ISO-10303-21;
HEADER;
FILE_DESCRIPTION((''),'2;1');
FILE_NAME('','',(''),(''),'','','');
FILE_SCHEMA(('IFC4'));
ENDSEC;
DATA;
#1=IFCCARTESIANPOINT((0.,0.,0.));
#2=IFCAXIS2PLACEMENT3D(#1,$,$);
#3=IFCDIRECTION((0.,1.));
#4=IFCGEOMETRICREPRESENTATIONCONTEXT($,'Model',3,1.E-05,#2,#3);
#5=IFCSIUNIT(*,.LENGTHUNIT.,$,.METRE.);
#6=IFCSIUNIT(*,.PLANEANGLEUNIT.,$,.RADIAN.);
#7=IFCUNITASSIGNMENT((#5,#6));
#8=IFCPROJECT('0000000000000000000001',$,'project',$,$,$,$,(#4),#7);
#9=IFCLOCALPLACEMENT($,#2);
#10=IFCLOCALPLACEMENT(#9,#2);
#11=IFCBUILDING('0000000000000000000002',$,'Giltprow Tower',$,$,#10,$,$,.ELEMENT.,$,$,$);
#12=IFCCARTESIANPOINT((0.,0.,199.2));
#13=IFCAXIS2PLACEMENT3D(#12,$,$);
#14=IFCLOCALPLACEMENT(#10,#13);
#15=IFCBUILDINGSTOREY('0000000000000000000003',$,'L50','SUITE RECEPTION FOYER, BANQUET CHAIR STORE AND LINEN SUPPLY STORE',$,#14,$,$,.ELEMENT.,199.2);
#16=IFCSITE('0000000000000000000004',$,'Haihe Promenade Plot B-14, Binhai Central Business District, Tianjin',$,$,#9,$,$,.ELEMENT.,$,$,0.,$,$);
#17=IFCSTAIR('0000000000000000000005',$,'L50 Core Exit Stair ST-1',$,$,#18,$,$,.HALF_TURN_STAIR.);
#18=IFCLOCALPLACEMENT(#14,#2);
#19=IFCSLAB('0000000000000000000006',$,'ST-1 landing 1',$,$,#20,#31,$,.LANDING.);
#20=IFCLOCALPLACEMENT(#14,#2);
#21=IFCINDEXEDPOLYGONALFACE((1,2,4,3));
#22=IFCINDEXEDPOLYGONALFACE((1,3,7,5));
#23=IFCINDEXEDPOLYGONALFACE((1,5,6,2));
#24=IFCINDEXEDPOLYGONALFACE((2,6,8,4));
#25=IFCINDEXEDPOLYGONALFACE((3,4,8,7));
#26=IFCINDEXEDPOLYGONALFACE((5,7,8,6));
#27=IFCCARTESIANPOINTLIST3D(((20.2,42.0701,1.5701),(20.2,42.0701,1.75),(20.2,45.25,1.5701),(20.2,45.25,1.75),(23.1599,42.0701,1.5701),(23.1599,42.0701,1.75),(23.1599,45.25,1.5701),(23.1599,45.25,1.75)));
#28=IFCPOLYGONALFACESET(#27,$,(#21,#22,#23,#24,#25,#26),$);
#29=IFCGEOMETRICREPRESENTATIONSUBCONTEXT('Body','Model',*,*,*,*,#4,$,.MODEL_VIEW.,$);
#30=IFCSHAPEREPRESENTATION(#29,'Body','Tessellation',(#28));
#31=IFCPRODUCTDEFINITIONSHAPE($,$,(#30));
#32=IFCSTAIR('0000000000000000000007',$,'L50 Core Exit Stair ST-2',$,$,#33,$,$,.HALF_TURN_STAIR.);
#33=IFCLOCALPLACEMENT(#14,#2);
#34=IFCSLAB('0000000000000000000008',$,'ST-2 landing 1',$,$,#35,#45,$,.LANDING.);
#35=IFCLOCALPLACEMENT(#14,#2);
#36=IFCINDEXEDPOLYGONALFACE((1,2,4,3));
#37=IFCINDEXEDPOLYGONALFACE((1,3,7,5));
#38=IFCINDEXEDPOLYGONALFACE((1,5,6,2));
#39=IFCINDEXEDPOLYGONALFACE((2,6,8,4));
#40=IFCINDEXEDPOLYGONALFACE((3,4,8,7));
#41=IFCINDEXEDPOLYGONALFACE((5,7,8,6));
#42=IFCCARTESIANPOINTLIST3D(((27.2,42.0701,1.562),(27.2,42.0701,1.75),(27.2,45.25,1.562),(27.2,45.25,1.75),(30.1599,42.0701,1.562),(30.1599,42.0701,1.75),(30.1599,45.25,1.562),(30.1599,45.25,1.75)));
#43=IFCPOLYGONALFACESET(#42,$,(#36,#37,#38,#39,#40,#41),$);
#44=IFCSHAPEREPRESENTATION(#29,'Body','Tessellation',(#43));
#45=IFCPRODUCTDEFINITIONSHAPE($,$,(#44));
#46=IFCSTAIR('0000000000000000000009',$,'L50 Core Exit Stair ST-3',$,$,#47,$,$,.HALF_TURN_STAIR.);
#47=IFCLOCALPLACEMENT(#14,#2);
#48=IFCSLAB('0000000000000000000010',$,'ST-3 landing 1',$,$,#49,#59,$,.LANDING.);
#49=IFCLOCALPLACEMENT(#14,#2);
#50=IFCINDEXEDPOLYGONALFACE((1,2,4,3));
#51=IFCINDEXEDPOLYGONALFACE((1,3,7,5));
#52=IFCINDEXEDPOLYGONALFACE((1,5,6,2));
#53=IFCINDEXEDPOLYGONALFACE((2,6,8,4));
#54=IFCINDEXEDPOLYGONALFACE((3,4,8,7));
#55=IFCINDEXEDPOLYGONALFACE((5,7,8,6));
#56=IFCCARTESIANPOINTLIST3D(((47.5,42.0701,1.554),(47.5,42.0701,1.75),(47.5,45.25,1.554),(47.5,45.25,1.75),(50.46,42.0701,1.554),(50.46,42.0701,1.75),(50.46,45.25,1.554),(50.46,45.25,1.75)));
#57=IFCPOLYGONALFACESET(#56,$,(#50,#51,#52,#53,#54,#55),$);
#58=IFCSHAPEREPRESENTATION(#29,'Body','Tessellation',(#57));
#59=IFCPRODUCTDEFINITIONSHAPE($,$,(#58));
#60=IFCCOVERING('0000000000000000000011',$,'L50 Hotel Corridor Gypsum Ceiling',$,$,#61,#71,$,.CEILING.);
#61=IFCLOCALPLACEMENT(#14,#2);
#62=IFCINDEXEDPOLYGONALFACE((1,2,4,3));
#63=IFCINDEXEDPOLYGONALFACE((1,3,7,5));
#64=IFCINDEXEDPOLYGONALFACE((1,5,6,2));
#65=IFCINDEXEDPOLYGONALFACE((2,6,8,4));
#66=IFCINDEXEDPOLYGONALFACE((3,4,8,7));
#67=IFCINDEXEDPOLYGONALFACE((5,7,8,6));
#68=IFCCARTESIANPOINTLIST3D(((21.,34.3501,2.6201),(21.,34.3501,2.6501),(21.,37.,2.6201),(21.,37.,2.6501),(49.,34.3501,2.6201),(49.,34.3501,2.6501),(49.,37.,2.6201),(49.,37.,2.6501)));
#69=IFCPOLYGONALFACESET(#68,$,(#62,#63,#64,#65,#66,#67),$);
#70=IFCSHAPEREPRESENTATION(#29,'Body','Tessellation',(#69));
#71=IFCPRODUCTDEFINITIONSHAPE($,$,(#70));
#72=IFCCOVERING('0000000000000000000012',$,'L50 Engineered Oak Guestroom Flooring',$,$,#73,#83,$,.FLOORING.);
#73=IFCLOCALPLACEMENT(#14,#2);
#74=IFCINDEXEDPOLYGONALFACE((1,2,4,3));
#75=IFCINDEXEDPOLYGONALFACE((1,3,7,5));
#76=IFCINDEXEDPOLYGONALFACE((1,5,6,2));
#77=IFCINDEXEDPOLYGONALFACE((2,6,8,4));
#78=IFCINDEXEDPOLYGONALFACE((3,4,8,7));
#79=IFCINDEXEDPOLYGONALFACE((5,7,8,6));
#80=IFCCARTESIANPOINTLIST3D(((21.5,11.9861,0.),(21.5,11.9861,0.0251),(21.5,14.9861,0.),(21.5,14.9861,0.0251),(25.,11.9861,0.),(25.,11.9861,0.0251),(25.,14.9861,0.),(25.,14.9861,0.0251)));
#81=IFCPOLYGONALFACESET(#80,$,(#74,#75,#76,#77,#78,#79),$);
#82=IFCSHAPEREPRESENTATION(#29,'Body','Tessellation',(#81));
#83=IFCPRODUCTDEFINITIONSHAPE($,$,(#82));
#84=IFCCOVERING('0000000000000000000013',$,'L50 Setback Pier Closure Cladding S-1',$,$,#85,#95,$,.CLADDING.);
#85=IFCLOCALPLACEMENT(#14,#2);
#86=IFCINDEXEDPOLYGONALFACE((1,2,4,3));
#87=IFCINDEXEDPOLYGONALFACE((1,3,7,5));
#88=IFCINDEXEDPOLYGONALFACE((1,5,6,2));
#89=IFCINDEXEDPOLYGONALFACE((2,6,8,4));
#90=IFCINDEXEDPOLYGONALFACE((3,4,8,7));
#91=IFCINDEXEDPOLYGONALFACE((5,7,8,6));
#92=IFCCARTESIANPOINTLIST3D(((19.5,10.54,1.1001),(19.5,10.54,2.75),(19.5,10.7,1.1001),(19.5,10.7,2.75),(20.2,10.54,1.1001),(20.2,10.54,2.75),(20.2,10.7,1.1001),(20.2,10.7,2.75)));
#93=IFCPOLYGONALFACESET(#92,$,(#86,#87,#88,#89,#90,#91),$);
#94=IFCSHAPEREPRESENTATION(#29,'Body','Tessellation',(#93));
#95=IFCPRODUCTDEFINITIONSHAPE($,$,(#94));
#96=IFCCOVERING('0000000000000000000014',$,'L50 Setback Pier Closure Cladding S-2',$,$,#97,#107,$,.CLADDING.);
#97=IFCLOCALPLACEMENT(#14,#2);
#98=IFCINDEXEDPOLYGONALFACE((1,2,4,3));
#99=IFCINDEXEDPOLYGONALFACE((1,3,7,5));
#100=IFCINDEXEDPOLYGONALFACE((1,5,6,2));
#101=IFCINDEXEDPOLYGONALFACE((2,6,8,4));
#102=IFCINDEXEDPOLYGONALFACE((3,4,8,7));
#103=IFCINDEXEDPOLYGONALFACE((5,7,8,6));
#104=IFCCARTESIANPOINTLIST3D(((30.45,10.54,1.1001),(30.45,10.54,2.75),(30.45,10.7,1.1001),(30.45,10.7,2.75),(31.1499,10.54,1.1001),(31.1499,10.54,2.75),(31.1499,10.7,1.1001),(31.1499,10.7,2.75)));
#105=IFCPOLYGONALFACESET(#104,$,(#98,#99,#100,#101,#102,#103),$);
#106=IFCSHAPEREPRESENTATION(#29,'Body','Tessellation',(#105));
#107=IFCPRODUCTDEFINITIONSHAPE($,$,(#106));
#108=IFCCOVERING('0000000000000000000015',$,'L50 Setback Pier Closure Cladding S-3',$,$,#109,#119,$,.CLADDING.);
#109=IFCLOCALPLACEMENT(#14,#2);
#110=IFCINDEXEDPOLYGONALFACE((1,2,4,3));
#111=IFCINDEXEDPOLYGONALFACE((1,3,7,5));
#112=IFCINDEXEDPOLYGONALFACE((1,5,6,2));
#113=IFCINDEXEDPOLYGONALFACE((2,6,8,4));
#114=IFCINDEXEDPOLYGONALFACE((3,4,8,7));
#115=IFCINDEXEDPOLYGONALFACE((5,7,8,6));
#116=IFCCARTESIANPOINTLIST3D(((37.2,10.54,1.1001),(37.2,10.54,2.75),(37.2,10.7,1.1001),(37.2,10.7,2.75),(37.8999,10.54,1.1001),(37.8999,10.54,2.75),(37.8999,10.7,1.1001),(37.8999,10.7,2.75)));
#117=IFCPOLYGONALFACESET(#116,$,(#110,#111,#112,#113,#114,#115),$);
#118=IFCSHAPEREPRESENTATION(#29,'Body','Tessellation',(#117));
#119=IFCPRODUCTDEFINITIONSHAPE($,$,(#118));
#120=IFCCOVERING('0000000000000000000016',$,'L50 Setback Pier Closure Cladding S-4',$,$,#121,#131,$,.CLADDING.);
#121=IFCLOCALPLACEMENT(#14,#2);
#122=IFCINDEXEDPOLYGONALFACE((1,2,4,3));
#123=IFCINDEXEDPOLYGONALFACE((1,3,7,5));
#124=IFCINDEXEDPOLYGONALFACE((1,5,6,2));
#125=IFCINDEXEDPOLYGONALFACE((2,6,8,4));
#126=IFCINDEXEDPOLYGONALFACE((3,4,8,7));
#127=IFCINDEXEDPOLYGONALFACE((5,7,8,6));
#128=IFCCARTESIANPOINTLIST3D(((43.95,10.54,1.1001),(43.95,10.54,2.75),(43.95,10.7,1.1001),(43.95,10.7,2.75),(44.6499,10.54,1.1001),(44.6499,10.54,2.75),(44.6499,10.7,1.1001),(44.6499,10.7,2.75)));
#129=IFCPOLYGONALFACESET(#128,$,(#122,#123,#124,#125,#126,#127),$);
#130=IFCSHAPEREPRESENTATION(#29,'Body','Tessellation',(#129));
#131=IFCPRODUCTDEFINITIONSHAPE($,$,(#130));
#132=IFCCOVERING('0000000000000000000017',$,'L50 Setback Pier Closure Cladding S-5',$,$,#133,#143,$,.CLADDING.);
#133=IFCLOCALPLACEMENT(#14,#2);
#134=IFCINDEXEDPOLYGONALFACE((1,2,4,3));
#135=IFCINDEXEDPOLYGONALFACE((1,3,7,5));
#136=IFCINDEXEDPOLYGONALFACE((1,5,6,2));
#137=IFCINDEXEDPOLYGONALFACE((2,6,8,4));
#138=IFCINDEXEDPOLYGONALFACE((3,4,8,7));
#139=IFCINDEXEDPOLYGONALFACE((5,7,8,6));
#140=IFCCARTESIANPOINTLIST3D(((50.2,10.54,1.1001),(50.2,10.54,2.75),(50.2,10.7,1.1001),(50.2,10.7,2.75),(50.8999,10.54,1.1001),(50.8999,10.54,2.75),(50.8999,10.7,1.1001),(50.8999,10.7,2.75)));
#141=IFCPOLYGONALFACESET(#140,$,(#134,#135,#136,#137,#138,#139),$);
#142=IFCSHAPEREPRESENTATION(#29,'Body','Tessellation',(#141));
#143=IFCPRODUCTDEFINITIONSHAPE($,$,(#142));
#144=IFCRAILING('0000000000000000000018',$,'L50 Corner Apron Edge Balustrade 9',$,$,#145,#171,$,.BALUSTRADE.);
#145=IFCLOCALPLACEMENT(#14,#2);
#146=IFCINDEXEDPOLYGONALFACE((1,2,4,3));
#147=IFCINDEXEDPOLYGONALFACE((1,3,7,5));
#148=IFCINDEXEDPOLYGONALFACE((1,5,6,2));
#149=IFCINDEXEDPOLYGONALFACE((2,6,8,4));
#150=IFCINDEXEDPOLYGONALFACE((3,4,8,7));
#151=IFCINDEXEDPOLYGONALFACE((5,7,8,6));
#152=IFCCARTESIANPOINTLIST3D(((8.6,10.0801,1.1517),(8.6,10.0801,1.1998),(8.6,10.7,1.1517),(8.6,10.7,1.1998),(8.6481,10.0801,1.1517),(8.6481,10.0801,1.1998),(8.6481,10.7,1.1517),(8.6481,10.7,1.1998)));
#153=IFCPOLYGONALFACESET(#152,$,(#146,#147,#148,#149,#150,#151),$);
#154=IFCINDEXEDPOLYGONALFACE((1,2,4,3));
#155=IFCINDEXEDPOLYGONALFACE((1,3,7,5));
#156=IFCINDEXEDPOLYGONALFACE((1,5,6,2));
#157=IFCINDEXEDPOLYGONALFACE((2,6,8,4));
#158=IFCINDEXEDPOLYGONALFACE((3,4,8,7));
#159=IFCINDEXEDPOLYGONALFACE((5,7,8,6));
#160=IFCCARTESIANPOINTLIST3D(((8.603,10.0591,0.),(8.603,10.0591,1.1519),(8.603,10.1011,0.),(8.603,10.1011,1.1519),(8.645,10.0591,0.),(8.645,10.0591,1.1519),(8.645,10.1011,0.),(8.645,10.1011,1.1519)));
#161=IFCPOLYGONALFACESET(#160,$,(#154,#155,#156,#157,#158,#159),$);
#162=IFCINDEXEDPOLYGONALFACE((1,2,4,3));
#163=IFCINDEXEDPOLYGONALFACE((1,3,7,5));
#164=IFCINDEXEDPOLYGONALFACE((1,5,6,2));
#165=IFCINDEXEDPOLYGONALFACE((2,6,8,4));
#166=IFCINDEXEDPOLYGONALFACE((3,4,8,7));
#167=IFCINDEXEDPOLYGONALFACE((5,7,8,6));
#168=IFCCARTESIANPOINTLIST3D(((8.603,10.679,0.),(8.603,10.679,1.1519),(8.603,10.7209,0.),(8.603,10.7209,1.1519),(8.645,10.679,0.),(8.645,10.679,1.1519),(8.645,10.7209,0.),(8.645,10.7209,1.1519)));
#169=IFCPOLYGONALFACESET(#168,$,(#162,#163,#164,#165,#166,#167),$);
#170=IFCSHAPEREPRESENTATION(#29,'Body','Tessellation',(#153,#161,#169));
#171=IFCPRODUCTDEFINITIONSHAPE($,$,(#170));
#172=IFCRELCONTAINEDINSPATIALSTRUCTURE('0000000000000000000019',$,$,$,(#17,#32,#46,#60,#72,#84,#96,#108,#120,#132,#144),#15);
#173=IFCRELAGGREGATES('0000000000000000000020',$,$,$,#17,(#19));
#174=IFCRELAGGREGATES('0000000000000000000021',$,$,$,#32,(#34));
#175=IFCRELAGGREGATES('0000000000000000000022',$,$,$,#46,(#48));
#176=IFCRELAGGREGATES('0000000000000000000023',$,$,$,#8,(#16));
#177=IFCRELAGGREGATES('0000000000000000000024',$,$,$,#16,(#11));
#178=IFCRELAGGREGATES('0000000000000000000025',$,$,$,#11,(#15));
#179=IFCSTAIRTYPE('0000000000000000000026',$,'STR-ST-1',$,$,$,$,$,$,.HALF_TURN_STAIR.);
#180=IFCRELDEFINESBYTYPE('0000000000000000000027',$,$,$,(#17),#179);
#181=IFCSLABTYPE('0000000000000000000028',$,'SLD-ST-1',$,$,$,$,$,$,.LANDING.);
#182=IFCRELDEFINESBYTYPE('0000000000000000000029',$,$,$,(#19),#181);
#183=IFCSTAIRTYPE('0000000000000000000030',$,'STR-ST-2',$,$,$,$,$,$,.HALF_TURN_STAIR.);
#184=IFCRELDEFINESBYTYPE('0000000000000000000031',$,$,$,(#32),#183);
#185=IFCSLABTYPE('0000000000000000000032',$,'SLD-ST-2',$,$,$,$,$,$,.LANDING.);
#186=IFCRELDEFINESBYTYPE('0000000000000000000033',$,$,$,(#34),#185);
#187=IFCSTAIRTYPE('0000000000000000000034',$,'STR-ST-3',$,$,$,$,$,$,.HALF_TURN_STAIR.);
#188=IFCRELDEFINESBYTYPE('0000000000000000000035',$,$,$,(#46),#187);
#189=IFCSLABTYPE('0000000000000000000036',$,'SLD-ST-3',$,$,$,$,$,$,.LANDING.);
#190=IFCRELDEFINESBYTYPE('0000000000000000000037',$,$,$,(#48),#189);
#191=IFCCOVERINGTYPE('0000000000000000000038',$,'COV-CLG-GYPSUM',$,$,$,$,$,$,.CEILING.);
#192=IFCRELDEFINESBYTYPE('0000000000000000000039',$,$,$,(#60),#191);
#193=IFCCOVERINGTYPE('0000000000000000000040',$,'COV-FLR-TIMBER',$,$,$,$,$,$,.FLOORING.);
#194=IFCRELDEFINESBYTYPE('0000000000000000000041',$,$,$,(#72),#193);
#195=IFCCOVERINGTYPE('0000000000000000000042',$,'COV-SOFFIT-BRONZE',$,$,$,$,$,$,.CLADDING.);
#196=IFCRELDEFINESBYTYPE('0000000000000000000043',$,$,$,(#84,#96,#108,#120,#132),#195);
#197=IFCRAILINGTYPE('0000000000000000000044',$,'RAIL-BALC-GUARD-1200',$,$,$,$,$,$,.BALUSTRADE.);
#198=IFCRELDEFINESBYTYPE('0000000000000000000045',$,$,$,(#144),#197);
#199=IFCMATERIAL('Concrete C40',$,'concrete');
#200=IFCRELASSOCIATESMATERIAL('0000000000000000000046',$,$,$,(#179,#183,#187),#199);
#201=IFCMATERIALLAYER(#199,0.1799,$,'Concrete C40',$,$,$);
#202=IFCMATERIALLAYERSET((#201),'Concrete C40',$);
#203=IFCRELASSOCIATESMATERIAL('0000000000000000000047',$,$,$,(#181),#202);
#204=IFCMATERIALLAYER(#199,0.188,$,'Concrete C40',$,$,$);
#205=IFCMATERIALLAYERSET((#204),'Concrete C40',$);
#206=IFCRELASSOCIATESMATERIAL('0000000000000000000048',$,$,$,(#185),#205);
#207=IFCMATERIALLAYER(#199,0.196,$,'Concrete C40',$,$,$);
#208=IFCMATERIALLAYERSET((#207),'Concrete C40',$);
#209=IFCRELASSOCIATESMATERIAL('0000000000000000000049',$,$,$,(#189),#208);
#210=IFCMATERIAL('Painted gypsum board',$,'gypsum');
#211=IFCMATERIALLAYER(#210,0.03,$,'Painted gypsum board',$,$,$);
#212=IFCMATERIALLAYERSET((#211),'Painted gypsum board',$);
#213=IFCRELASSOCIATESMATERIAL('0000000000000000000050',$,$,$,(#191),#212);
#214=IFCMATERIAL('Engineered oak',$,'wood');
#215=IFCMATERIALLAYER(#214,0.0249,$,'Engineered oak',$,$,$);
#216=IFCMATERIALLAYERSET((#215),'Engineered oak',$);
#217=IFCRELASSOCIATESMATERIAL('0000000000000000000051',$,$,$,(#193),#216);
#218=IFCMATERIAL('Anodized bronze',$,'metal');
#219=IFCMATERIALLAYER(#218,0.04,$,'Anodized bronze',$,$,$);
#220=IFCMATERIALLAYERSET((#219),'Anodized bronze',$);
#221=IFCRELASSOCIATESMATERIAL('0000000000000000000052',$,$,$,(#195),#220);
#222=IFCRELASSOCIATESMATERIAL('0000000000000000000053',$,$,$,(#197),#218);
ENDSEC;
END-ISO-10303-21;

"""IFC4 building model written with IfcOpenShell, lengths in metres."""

from ifc_helpers import new_model, si_unit, direction, frame, origin, origin_2d, place, context, subcontext, project, spatial, polyline, rectangle, outline, extrude, material, layer, layer_set, type_object, element, aggregate, save


model = new_model("IFC4")

# Units and contexts
model_context = context("Model", 3, precision=1e-05, world=origin(), true_north=direction((0.0, 1.0)))
body_context = subcontext(model_context, "Body", "Model", "MODEL_VIEW")
ifc_project = project(units=[si_unit("LENGTHUNIT", "METRE"), si_unit("PLANEANGLEUNIT", "RADIAN")], contexts=[model_context])

# Site, building, storey
site_placement = place(None, origin())
site = spatial("IfcSite", under=ifc_project, at=site_placement, Name="Haihe Promenade Plot B-14, Binhai Central Business District, Tianjin", CompositionType="ELEMENT", RefElevation=0.0)
building_placement = place(site_placement, origin())
building = spatial("IfcBuilding", under=site, at=building_placement, Name="Giltprow Tower", CompositionType="ELEMENT")
storey_placement = place(building_placement, frame((0.0, 0.0, 199.2)))
storey = spatial("IfcBuildingStorey", under=building, at=storey_placement, Name="L50", Description="SUITE RECEPTION FOYER, BANQUET CHAIR STORE AND LINEN SUPPLY STORE", CompositionType="ELEMENT", Elevation=199.2)

# Shared definitions
ifc_material_1 = material(Name="Anodized bronze", Category="metal")

# Shared definitions
ifc_material_2 = material(Name="Concrete C40", Category="concrete")

# Stairs, slabs
stair_type_1 = type_object("IfcStairType", Name="STR-ST-1", PredefinedType="HALF_TURN_STAIR", material=ifc_material_2)
stair_1_placement = place(storey_placement, origin())
stair_1 = element("IfcStair", 1, at=stair_1_placement, inside=storey, type_object=stair_type_1, Name="L50 Core Exit Stair ST-1", PredefinedType="HALF_TURN_STAIR")
ifc_layer_1 = layer(ifc_material_2, 0.1799, Name="Concrete C40")
ifc_layer_set_1 = layer_set([ifc_layer_1], Name="Concrete C40")
slab_type_1 = type_object("IfcSlabType", Name="SLD-ST-1", PredefinedType="LANDING", material=ifc_layer_set_1)
slab_1_placement = place(storey_placement, frame((0.0, 0.0, 1.5701)))
slab_1 = element("IfcSlab", 2, at=slab_1_placement, type_object=slab_type_1, Name="ST-1 landing 1", PredefinedType="LANDING", context=body_context, shape_type="SweptSolid", body=[
    extrude(outline(polyline([(23.1599, 42.0701), (23.1599, 45.25), (20.2, 45.25), (20.2, 42.0701), (23.1599, 42.0701)])), origin(), (0.0, 0.0, 1.0), 0.1799),
])
aggregate(stair_1, [slab_1])
stair_type_2 = type_object("IfcStairType", Name="STR-ST-2", PredefinedType="HALF_TURN_STAIR", material=ifc_material_2)
stair_2_placement = place(storey_placement, origin())
stair_2 = element("IfcStair", 3, at=stair_2_placement, inside=storey, type_object=stair_type_2, Name="L50 Core Exit Stair ST-2", PredefinedType="HALF_TURN_STAIR")
ifc_layer_2 = layer(ifc_material_2, 0.188, Name="Concrete C40")
ifc_layer_set_2 = layer_set([ifc_layer_2], Name="Concrete C40")
slab_type_2 = type_object("IfcSlabType", Name="SLD-ST-2", PredefinedType="LANDING", material=ifc_layer_set_2)
slab_2_placement = place(storey_placement, frame((0.0, 0.0, 1.562)))
slab_2 = element("IfcSlab", 4, at=slab_2_placement, type_object=slab_type_2, Name="ST-2 landing 1", PredefinedType="LANDING", context=body_context, shape_type="SweptSolid", body=[
    extrude(outline(polyline([(30.1599, 42.0701), (30.1599, 45.25), (27.2, 45.25), (27.2, 42.0701), (30.1599, 42.0701)])), origin(), (0.0, 0.0, 1.0), 0.188),
])
aggregate(stair_2, [slab_2])
stair_type_3 = type_object("IfcStairType", Name="STR-ST-3", PredefinedType="HALF_TURN_STAIR", material=ifc_material_2)
stair_3_placement = place(storey_placement, origin())
stair_3 = element("IfcStair", 5, at=stair_3_placement, inside=storey, type_object=stair_type_3, Name="L50 Core Exit Stair ST-3", PredefinedType="HALF_TURN_STAIR")
ifc_layer_3 = layer(ifc_material_2, 0.196, Name="Concrete C40")
ifc_layer_set_3 = layer_set([ifc_layer_3], Name="Concrete C40")
slab_type_3 = type_object("IfcSlabType", Name="SLD-ST-3", PredefinedType="LANDING", material=ifc_layer_set_3)
slab_3_placement = place(storey_placement, frame((0.0, 0.0, 1.554)))
slab_3 = element("IfcSlab", 6, at=slab_3_placement, type_object=slab_type_3, Name="ST-3 landing 1", PredefinedType="LANDING", context=body_context, shape_type="SweptSolid", body=[
    extrude(outline(polyline([(50.46, 42.0701), (50.46, 45.25), (47.5, 45.25), (47.5, 42.0701), (50.46, 42.0701)])), origin(), (0.0, 0.0, 1.0), 0.196),
])
aggregate(stair_3, [slab_3])

# Coverings
ifc_material_3 = material(Name="Painted gypsum board", Category="gypsum")
ifc_layer_4 = layer(ifc_material_3, 0.03, Name="Painted gypsum board")
ifc_layer_set_4 = layer_set([ifc_layer_4], Name="Painted gypsum board")
covering_type_1 = type_object("IfcCoveringType", Name="COV-CLG-GYPSUM", PredefinedType="CEILING", material=ifc_layer_set_4)
covering_1_placement = place(storey_placement, frame((0.0, 0.0, 2.6201)))
element("IfcCovering", 7, at=covering_1_placement, inside=storey, type_object=covering_type_1, Name="L50 Hotel Corridor Gypsum Ceiling", PredefinedType="CEILING", context=body_context, shape_type="SweptSolid", body=[
    extrude(outline(polyline([(21.0, 34.3501), (49.0, 34.3501), (49.0, 37.0), (21.0, 37.0), (21.0, 34.3501)])), origin(), (0.0, 0.0, 1.0), 0.03),
])
ifc_material_4 = material(Name="Engineered oak", Category="wood")
ifc_layer_5 = layer(ifc_material_4, 0.0249, Name="Engineered oak")
ifc_layer_set_5 = layer_set([ifc_layer_5], Name="Engineered oak")
covering_type_2 = type_object("IfcCoveringType", Name="COV-FLR-TIMBER", PredefinedType="FLOORING", material=ifc_layer_set_5)
covering_2_placement = place(storey_placement, origin())
element("IfcCovering", 8, at=covering_2_placement, inside=storey, type_object=covering_type_2, Name="L50 Engineered Oak Guestroom Flooring", PredefinedType="FLOORING", context=body_context, shape_type="SweptSolid", body=[
    extrude(outline(polyline([(21.5, 11.9861), (25.0, 11.9861), (25.0, 14.9861), (21.5, 14.9861), (21.5, 11.9861)])), origin(), (0.0, 0.0, 1.0), 0.0251),
])
ifc_layer_6 = layer(ifc_material_1, 0.04, Name="Anodized bronze")
ifc_layer_set_6 = layer_set([ifc_layer_6], Name="Anodized bronze")
covering_type_3 = type_object("IfcCoveringType", Name="COV-SOFFIT-BRONZE", PredefinedType="CLADDING", material=ifc_layer_set_6)
covering_3_placement = place(storey_placement, frame((0.0, 0.0, 1.1001)))
element("IfcCovering", 9, at=covering_3_placement, inside=storey, type_object=covering_type_3, Name="L50 Setback Pier Closure Cladding S-1", PredefinedType="CLADDING", context=body_context, shape_type="SweptSolid", body=[
    extrude(outline(polyline([(19.5, 10.54), (20.2, 10.54), (20.2, 10.7), (19.5, 10.7), (19.5, 10.54)])), origin(), (0.0, 0.0, 1.0), 1.6499),
])
covering_4_placement = place(storey_placement, frame((0.0, 0.0, 1.1001)))
element("IfcCovering", 10, at=covering_4_placement, inside=storey, type_object=covering_type_3, Name="L50 Setback Pier Closure Cladding S-2", PredefinedType="CLADDING", context=body_context, shape_type="SweptSolid", body=[
    extrude(outline(polyline([(30.45, 10.54), (31.1499, 10.54), (31.1499, 10.7), (30.45, 10.7), (30.45, 10.54)])), origin(), (0.0, 0.0, 1.0), 1.6499),
])
covering_5_placement = place(storey_placement, frame((0.0, 0.0, 1.1001)))
element("IfcCovering", 11, at=covering_5_placement, inside=storey, type_object=covering_type_3, Name="L50 Setback Pier Closure Cladding S-3", PredefinedType="CLADDING", context=body_context, shape_type="SweptSolid", body=[
    extrude(outline(polyline([(37.2, 10.54), (37.8999, 10.54), (37.8999, 10.7), (37.2, 10.7), (37.2, 10.54)])), origin(), (0.0, 0.0, 1.0), 1.6499),
])
covering_6_placement = place(storey_placement, frame((0.0, 0.0, 1.1001)))
element("IfcCovering", 12, at=covering_6_placement, inside=storey, type_object=covering_type_3, Name="L50 Setback Pier Closure Cladding S-4", PredefinedType="CLADDING", context=body_context, shape_type="SweptSolid", body=[
    extrude(outline(polyline([(43.95, 10.54), (44.6499, 10.54), (44.6499, 10.7), (43.95, 10.7), (43.95, 10.54)])), origin(), (0.0, 0.0, 1.0), 1.6499),
])
covering_7_placement = place(storey_placement, frame((0.0, 0.0, 1.1001)))
element("IfcCovering", 13, at=covering_7_placement, inside=storey, type_object=covering_type_3, Name="L50 Setback Pier Closure Cladding S-5", PredefinedType="CLADDING", context=body_context, shape_type="SweptSolid", body=[
    extrude(outline(polyline([(50.2, 10.54), (50.8999, 10.54), (50.8999, 10.7), (50.2, 10.7), (50.2, 10.54)])), origin(), (0.0, 0.0, 1.0), 1.6499),
])

# Railing
railing_type = type_object("IfcRailingType", Name="RAIL-BALC-GUARD-1200", PredefinedType="BALUSTRADE", material=ifc_material_1)
railing_placement = place(storey_placement, frame((8.624, 10.0801, 0.0)))
element("IfcRailing", 14, at=railing_placement, inside=storey, type_object=railing_type, Name="L50 Corner Apron Edge Balustrade 9", PredefinedType="BALUSTRADE", context=body_context, shape_type="SweptSolid", body=[
    extrude(rectangle(XDim=0.0481, YDim=0.0481, at=origin_2d()), frame((0.0, 0.0, 1.1758), z_axis=(0.0, 1.0, 0.0), x_axis=(-1.0, 0.0, 0.0)), (0.0, 0.0, 1.0), 0.6199),
    extrude(rectangle(XDim=0.042, YDim=0.042, at=origin_2d()), origin(), (0.0, 0.0, 1.0), 1.1519),
    extrude(rectangle(XDim=0.042, YDim=0.042, at=origin_2d()), frame((0.0, 0.6199, 0.0)), (0.0, 0.0, 1.0), 1.1519),
])

save(model, "model.ifc")
